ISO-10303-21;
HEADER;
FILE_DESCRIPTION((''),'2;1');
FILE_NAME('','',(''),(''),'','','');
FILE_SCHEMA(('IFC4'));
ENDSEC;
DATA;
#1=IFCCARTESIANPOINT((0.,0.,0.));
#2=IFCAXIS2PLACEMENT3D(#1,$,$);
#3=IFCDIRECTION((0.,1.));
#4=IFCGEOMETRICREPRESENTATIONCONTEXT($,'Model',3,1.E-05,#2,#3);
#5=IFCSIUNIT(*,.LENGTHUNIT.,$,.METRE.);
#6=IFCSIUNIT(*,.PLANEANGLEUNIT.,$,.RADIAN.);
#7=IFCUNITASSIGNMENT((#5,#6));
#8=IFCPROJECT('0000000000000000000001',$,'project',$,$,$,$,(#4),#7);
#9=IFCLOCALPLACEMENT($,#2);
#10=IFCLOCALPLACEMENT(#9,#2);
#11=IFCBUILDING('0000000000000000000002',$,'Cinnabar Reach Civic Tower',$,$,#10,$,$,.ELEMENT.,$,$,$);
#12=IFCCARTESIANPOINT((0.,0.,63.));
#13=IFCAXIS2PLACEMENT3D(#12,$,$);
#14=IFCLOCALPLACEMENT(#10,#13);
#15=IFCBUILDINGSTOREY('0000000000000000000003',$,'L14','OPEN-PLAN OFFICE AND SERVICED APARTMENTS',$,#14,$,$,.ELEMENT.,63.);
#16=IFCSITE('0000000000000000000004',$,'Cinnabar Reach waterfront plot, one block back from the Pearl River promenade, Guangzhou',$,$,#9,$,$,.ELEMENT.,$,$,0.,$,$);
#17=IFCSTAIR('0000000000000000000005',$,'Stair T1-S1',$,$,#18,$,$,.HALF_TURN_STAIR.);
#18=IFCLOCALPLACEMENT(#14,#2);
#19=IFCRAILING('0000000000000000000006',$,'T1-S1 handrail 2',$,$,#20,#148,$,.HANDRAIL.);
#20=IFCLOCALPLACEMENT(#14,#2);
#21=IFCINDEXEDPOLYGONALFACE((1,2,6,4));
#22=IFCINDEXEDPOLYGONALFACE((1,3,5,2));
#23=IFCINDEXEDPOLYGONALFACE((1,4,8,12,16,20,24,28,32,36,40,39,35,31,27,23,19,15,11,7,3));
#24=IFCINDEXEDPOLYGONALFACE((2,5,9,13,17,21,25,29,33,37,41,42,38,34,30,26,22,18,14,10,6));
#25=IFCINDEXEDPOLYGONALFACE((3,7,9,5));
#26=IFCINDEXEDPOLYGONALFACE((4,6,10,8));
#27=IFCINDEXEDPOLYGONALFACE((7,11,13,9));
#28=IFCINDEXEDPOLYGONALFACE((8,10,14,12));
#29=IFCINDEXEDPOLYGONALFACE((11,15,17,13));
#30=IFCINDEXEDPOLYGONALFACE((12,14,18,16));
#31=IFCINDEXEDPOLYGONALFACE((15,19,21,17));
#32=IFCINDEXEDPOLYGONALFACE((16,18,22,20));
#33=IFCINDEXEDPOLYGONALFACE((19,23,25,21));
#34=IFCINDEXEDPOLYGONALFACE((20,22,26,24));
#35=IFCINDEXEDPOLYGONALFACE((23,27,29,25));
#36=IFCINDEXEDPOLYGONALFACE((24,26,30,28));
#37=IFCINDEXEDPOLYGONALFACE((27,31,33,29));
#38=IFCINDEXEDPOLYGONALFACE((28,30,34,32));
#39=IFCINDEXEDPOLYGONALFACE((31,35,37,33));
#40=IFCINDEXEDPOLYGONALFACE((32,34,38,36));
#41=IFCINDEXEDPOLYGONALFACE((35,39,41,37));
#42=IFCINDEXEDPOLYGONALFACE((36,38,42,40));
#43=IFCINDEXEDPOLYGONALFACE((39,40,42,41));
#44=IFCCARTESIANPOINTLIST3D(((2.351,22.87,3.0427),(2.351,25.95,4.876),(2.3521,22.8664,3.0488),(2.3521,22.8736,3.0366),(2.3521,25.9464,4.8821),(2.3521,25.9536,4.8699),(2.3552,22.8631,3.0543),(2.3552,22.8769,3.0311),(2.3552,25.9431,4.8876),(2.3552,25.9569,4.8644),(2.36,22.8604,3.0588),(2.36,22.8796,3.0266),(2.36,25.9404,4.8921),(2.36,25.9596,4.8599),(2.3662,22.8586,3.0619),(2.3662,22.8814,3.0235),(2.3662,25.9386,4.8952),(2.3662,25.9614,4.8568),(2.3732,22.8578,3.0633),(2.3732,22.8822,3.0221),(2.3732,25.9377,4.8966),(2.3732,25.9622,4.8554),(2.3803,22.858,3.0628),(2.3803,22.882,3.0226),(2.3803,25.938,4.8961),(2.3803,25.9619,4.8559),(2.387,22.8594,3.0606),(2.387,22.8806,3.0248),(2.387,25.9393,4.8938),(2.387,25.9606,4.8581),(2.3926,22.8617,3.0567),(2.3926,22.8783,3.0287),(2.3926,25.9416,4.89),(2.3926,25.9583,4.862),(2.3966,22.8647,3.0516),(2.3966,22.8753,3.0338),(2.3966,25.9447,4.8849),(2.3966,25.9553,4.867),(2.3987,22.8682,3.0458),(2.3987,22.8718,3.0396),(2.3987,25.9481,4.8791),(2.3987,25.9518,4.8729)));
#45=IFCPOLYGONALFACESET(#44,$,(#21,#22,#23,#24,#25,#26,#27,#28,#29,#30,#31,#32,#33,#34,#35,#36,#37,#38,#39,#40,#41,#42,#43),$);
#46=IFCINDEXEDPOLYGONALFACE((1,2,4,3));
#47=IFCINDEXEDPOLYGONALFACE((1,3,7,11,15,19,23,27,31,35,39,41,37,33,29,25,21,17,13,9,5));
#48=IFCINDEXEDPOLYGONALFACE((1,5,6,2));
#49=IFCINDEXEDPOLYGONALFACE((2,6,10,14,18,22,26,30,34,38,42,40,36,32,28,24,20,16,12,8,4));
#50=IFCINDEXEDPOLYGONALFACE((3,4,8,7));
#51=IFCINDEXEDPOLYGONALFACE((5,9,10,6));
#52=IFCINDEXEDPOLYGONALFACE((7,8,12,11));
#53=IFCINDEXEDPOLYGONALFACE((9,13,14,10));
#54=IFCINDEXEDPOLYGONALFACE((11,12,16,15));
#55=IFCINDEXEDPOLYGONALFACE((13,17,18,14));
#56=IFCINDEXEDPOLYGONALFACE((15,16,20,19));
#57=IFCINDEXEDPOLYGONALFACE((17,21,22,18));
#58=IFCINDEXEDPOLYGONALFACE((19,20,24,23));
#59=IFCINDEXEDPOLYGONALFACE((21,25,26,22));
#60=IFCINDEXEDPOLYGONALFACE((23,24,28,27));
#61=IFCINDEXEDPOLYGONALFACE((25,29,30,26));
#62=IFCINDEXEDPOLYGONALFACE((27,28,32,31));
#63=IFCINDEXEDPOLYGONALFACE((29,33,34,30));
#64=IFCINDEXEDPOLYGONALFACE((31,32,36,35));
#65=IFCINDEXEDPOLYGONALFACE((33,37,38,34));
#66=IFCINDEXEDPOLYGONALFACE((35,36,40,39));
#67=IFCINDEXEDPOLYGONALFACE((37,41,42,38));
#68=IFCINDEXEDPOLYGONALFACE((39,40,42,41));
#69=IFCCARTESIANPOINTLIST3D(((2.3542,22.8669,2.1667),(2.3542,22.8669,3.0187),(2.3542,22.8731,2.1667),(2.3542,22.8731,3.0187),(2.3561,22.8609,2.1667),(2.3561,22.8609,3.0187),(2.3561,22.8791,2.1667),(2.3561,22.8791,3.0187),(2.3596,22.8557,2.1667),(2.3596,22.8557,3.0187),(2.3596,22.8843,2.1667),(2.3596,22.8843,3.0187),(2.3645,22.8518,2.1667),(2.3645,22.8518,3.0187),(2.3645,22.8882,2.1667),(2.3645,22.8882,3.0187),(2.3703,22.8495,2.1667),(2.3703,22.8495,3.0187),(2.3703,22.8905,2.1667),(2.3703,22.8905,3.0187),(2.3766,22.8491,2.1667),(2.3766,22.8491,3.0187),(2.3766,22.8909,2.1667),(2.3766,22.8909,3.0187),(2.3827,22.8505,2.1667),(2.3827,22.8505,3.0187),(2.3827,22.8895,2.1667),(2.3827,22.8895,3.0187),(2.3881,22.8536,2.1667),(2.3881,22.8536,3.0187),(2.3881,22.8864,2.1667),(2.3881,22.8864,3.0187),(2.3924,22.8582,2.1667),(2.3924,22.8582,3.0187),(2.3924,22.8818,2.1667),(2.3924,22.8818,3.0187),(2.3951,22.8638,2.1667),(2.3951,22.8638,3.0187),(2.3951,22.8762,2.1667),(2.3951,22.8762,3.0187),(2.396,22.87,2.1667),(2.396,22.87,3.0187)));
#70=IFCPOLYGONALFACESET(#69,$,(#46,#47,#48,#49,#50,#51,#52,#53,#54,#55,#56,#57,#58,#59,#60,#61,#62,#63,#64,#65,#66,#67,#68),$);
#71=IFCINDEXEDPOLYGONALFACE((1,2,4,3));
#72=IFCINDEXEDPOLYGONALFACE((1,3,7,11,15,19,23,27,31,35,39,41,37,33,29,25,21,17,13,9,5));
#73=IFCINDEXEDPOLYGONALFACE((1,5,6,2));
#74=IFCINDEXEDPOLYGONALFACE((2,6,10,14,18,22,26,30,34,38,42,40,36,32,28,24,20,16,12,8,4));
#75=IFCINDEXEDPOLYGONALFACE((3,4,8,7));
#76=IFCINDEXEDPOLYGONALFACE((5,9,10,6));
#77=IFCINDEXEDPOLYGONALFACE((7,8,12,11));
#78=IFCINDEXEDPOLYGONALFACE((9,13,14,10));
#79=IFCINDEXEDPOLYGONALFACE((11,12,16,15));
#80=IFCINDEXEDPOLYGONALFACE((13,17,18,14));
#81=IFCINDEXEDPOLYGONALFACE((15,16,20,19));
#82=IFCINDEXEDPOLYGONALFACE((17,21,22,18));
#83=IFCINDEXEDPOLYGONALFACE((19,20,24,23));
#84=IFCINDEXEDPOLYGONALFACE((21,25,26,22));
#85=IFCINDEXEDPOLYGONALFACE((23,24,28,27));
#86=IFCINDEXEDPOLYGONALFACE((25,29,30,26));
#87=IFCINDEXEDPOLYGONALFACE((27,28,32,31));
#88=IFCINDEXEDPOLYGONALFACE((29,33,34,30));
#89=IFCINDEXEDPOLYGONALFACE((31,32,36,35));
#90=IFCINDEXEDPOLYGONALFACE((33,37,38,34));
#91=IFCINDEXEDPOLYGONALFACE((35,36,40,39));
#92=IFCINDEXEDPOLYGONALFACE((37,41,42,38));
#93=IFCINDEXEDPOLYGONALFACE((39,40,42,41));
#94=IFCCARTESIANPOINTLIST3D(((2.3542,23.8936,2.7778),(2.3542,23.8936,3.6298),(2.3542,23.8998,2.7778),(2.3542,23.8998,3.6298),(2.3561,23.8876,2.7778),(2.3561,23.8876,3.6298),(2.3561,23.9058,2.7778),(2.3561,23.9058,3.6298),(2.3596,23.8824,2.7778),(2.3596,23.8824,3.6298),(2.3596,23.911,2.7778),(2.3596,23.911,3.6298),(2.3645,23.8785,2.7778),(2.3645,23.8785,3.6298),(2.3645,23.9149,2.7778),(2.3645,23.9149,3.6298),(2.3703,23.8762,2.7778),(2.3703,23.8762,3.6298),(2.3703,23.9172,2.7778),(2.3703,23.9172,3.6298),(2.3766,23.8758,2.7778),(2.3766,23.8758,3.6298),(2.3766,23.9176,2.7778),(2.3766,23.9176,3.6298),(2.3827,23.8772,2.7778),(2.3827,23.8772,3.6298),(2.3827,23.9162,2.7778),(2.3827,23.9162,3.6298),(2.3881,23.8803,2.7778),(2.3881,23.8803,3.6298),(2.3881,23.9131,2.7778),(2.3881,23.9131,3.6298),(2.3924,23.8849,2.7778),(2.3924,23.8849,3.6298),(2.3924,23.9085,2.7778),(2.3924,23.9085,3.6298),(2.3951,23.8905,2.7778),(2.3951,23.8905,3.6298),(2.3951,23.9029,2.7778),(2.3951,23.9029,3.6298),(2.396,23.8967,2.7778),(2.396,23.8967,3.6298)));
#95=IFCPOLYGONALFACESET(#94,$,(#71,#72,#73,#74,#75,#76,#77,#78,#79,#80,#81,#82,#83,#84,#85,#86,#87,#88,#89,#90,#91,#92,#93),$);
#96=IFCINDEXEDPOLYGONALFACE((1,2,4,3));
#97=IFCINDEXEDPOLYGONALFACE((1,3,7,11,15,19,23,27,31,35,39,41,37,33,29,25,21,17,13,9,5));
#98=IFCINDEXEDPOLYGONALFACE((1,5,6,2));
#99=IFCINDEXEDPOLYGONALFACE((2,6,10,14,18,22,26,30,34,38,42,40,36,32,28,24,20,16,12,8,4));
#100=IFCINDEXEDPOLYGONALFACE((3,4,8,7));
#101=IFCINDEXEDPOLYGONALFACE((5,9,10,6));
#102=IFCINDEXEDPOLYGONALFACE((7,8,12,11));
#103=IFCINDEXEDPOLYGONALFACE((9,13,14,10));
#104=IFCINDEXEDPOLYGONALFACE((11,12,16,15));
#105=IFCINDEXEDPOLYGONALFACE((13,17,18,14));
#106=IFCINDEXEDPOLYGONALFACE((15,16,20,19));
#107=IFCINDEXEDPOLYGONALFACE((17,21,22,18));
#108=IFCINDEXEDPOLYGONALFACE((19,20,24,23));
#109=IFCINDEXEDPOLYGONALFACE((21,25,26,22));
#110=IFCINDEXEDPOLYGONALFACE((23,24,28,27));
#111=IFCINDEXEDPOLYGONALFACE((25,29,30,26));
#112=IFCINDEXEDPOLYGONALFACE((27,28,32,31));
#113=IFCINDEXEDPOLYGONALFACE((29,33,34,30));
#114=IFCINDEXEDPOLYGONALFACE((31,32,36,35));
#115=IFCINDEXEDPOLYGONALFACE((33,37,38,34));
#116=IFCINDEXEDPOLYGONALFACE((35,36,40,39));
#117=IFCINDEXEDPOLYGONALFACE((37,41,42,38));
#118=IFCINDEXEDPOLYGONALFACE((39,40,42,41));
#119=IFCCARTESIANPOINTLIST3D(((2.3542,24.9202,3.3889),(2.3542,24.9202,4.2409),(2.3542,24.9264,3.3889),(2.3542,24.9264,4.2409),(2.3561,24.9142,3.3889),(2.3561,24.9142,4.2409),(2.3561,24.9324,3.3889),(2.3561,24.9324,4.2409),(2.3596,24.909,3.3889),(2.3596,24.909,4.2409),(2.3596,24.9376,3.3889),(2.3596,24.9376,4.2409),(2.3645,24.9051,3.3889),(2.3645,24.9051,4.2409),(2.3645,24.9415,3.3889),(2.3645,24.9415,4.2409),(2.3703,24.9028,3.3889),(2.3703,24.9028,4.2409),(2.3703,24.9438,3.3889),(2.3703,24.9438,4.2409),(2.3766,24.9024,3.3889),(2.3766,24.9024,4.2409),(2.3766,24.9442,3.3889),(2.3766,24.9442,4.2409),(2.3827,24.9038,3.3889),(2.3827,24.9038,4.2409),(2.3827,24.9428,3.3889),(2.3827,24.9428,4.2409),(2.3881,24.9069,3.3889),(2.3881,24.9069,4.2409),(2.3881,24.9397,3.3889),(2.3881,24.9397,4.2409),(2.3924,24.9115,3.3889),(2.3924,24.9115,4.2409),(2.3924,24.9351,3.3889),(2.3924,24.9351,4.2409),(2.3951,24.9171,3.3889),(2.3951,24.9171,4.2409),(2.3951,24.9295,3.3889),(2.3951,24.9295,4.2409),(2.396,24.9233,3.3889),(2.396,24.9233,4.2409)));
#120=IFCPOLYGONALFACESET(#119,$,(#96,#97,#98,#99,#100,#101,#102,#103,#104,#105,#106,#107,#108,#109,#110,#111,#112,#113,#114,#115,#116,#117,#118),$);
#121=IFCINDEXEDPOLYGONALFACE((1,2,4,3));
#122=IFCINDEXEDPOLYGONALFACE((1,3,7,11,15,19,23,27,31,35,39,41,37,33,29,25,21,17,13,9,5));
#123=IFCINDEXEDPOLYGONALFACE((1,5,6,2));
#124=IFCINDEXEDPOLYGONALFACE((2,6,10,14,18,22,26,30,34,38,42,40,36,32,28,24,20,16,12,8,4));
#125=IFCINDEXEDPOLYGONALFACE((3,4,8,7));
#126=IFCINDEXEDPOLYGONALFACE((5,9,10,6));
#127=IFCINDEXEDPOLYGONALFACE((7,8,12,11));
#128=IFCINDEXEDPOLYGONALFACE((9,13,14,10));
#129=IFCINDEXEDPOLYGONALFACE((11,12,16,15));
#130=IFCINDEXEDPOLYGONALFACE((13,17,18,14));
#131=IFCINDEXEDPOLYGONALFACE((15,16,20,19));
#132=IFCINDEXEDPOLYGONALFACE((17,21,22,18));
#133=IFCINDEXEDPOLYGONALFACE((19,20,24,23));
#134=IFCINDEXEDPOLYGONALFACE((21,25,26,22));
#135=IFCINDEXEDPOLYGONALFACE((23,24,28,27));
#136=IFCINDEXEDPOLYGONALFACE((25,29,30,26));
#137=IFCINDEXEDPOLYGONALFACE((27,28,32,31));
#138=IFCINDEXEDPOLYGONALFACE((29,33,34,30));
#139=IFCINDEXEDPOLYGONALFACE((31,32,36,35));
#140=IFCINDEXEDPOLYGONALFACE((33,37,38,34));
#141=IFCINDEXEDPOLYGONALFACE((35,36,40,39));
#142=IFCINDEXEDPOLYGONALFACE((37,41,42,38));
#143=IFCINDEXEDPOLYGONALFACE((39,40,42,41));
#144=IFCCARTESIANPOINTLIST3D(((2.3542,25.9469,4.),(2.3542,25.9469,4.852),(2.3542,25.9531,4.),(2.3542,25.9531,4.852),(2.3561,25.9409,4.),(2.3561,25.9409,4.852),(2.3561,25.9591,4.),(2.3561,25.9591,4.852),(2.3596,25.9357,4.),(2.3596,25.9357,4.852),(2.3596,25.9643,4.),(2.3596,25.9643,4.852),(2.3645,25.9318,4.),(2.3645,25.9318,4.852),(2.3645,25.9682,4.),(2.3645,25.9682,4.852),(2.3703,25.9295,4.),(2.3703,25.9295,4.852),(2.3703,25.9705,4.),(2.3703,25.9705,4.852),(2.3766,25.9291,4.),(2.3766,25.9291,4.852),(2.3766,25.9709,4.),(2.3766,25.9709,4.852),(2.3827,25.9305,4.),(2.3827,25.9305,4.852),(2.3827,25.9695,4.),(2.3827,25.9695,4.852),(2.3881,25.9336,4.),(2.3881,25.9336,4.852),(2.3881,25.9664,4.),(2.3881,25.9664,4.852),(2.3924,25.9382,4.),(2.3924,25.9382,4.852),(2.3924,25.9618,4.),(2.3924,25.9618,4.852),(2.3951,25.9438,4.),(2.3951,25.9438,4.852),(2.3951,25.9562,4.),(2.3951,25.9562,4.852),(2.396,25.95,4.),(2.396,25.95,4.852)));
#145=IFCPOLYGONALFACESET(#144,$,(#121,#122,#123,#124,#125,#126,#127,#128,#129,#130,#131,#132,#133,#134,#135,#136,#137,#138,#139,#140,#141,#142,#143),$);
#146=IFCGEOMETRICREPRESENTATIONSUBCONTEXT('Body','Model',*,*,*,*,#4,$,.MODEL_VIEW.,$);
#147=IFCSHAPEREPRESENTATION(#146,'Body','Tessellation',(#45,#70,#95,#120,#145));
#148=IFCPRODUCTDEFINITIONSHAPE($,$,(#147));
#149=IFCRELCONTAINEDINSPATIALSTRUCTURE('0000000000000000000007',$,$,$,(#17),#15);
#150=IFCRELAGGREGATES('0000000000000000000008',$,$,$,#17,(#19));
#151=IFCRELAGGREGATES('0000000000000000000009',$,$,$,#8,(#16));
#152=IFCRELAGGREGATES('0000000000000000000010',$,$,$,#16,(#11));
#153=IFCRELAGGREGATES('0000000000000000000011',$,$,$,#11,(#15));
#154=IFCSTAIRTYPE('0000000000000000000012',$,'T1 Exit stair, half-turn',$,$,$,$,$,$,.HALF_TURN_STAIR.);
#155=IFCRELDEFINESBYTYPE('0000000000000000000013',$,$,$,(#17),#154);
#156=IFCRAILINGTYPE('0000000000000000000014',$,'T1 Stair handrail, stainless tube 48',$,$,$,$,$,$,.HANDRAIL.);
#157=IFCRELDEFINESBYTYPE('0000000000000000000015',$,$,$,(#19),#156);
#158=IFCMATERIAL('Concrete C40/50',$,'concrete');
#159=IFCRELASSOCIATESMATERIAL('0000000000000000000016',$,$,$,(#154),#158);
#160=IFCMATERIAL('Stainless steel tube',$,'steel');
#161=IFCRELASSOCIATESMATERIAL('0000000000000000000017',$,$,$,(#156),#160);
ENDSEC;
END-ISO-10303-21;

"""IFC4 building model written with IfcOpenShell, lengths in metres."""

from ifc_helpers import new_model, si_unit, direction, frame, origin, origin_2d, place, context, subcontext, project, spatial, circle, extrude, material, type_object, element, aggregate, save


model = new_model("IFC4")

# Units and contexts
model_context = context("Model", 3, precision=1e-05, world=origin(), true_north=direction((0.0, 1.0)))
body_context = subcontext(model_context, "Body", "Model", "MODEL_VIEW")
ifc_project = project(units=[si_unit("LENGTHUNIT", "METRE"), si_unit("PLANEANGLEUNIT", "RADIAN")], contexts=[model_context])

# Site, building, storey
site_placement = place(None, origin())
site = spatial("IfcSite", under=ifc_project, at=site_placement, Name="Cinnabar Reach waterfront plot, one block back from the Pearl River promenade, Guangzhou", CompositionType="ELEMENT", RefElevation=0.0)
building_placement = place(site_placement, origin())
building = spatial("IfcBuilding", under=site, at=building_placement, Name="Cinnabar Reach Civic Tower", CompositionType="ELEMENT")
storey_placement = place(building_placement, frame((0.0, 0.0, 63.0)))
storey = spatial("IfcBuildingStorey", under=building, at=storey_placement, Name="L14", Description="OPEN-PLAN OFFICE AND SERVICED APARTMENTS", CompositionType="ELEMENT", Elevation=63.0)

# Stair, railing
ifc_material_1 = material(Name="Concrete C40/50", Category="concrete")
stair_type = type_object("IfcStairType", Name="T1 Exit stair, half-turn", PredefinedType="HALF_TURN_STAIR", material=ifc_material_1)
stair_placement = place(storey_placement, origin())
stair = element("IfcStair", 1, at=stair_placement, inside=storey, type_object=stair_type, Name="Stair T1-S1", PredefinedType="HALF_TURN_STAIR")
ifc_material_2 = material(Name="Stainless steel tube", Category="steel")
railing_type = type_object("IfcRailingType", Name="T1 Stair handrail, stainless tube 48", PredefinedType="HANDRAIL", material=ifc_material_2)
railing_placement = place(storey_placement, frame((2.375, 22.87, 2.1667)))
railing = element("IfcRailing", 2, at=railing_placement, type_object=railing_type, Name="T1-S1 handrail 2", PredefinedType="HANDRAIL", context=body_context, shape_type="SweptSolid", body=[
    extrude(circle(Radius=0.024, at=origin_2d()), frame((0.0, 0.0, 0.876), z_axis=(0.0, 0.859297, 0.511477), x_axis=(-1.0, 0.0, 0.0)), (0.0, 0.0, 1.0), 3.5843),
    extrude(circle(Radius=0.021, at=origin_2d()), origin(), (0.0, 0.0, 1.0), 0.852),
    extrude(circle(Radius=0.021, at=origin_2d()), frame((0.0, 1.0267, 0.6111)), (0.0, 0.0, 1.0), 0.852),
    extrude(circle(Radius=0.021, at=origin_2d()), frame((0.0, 2.0533, 1.2222)), (0.0, 0.0, 1.0), 0.852),
    extrude(circle(Radius=0.021, at=origin_2d()), frame((0.0, 3.08, 1.8333)), (0.0, 0.0, 1.0), 0.852),
])
aggregate(stair, [railing])

save(model, "model.ifc")
